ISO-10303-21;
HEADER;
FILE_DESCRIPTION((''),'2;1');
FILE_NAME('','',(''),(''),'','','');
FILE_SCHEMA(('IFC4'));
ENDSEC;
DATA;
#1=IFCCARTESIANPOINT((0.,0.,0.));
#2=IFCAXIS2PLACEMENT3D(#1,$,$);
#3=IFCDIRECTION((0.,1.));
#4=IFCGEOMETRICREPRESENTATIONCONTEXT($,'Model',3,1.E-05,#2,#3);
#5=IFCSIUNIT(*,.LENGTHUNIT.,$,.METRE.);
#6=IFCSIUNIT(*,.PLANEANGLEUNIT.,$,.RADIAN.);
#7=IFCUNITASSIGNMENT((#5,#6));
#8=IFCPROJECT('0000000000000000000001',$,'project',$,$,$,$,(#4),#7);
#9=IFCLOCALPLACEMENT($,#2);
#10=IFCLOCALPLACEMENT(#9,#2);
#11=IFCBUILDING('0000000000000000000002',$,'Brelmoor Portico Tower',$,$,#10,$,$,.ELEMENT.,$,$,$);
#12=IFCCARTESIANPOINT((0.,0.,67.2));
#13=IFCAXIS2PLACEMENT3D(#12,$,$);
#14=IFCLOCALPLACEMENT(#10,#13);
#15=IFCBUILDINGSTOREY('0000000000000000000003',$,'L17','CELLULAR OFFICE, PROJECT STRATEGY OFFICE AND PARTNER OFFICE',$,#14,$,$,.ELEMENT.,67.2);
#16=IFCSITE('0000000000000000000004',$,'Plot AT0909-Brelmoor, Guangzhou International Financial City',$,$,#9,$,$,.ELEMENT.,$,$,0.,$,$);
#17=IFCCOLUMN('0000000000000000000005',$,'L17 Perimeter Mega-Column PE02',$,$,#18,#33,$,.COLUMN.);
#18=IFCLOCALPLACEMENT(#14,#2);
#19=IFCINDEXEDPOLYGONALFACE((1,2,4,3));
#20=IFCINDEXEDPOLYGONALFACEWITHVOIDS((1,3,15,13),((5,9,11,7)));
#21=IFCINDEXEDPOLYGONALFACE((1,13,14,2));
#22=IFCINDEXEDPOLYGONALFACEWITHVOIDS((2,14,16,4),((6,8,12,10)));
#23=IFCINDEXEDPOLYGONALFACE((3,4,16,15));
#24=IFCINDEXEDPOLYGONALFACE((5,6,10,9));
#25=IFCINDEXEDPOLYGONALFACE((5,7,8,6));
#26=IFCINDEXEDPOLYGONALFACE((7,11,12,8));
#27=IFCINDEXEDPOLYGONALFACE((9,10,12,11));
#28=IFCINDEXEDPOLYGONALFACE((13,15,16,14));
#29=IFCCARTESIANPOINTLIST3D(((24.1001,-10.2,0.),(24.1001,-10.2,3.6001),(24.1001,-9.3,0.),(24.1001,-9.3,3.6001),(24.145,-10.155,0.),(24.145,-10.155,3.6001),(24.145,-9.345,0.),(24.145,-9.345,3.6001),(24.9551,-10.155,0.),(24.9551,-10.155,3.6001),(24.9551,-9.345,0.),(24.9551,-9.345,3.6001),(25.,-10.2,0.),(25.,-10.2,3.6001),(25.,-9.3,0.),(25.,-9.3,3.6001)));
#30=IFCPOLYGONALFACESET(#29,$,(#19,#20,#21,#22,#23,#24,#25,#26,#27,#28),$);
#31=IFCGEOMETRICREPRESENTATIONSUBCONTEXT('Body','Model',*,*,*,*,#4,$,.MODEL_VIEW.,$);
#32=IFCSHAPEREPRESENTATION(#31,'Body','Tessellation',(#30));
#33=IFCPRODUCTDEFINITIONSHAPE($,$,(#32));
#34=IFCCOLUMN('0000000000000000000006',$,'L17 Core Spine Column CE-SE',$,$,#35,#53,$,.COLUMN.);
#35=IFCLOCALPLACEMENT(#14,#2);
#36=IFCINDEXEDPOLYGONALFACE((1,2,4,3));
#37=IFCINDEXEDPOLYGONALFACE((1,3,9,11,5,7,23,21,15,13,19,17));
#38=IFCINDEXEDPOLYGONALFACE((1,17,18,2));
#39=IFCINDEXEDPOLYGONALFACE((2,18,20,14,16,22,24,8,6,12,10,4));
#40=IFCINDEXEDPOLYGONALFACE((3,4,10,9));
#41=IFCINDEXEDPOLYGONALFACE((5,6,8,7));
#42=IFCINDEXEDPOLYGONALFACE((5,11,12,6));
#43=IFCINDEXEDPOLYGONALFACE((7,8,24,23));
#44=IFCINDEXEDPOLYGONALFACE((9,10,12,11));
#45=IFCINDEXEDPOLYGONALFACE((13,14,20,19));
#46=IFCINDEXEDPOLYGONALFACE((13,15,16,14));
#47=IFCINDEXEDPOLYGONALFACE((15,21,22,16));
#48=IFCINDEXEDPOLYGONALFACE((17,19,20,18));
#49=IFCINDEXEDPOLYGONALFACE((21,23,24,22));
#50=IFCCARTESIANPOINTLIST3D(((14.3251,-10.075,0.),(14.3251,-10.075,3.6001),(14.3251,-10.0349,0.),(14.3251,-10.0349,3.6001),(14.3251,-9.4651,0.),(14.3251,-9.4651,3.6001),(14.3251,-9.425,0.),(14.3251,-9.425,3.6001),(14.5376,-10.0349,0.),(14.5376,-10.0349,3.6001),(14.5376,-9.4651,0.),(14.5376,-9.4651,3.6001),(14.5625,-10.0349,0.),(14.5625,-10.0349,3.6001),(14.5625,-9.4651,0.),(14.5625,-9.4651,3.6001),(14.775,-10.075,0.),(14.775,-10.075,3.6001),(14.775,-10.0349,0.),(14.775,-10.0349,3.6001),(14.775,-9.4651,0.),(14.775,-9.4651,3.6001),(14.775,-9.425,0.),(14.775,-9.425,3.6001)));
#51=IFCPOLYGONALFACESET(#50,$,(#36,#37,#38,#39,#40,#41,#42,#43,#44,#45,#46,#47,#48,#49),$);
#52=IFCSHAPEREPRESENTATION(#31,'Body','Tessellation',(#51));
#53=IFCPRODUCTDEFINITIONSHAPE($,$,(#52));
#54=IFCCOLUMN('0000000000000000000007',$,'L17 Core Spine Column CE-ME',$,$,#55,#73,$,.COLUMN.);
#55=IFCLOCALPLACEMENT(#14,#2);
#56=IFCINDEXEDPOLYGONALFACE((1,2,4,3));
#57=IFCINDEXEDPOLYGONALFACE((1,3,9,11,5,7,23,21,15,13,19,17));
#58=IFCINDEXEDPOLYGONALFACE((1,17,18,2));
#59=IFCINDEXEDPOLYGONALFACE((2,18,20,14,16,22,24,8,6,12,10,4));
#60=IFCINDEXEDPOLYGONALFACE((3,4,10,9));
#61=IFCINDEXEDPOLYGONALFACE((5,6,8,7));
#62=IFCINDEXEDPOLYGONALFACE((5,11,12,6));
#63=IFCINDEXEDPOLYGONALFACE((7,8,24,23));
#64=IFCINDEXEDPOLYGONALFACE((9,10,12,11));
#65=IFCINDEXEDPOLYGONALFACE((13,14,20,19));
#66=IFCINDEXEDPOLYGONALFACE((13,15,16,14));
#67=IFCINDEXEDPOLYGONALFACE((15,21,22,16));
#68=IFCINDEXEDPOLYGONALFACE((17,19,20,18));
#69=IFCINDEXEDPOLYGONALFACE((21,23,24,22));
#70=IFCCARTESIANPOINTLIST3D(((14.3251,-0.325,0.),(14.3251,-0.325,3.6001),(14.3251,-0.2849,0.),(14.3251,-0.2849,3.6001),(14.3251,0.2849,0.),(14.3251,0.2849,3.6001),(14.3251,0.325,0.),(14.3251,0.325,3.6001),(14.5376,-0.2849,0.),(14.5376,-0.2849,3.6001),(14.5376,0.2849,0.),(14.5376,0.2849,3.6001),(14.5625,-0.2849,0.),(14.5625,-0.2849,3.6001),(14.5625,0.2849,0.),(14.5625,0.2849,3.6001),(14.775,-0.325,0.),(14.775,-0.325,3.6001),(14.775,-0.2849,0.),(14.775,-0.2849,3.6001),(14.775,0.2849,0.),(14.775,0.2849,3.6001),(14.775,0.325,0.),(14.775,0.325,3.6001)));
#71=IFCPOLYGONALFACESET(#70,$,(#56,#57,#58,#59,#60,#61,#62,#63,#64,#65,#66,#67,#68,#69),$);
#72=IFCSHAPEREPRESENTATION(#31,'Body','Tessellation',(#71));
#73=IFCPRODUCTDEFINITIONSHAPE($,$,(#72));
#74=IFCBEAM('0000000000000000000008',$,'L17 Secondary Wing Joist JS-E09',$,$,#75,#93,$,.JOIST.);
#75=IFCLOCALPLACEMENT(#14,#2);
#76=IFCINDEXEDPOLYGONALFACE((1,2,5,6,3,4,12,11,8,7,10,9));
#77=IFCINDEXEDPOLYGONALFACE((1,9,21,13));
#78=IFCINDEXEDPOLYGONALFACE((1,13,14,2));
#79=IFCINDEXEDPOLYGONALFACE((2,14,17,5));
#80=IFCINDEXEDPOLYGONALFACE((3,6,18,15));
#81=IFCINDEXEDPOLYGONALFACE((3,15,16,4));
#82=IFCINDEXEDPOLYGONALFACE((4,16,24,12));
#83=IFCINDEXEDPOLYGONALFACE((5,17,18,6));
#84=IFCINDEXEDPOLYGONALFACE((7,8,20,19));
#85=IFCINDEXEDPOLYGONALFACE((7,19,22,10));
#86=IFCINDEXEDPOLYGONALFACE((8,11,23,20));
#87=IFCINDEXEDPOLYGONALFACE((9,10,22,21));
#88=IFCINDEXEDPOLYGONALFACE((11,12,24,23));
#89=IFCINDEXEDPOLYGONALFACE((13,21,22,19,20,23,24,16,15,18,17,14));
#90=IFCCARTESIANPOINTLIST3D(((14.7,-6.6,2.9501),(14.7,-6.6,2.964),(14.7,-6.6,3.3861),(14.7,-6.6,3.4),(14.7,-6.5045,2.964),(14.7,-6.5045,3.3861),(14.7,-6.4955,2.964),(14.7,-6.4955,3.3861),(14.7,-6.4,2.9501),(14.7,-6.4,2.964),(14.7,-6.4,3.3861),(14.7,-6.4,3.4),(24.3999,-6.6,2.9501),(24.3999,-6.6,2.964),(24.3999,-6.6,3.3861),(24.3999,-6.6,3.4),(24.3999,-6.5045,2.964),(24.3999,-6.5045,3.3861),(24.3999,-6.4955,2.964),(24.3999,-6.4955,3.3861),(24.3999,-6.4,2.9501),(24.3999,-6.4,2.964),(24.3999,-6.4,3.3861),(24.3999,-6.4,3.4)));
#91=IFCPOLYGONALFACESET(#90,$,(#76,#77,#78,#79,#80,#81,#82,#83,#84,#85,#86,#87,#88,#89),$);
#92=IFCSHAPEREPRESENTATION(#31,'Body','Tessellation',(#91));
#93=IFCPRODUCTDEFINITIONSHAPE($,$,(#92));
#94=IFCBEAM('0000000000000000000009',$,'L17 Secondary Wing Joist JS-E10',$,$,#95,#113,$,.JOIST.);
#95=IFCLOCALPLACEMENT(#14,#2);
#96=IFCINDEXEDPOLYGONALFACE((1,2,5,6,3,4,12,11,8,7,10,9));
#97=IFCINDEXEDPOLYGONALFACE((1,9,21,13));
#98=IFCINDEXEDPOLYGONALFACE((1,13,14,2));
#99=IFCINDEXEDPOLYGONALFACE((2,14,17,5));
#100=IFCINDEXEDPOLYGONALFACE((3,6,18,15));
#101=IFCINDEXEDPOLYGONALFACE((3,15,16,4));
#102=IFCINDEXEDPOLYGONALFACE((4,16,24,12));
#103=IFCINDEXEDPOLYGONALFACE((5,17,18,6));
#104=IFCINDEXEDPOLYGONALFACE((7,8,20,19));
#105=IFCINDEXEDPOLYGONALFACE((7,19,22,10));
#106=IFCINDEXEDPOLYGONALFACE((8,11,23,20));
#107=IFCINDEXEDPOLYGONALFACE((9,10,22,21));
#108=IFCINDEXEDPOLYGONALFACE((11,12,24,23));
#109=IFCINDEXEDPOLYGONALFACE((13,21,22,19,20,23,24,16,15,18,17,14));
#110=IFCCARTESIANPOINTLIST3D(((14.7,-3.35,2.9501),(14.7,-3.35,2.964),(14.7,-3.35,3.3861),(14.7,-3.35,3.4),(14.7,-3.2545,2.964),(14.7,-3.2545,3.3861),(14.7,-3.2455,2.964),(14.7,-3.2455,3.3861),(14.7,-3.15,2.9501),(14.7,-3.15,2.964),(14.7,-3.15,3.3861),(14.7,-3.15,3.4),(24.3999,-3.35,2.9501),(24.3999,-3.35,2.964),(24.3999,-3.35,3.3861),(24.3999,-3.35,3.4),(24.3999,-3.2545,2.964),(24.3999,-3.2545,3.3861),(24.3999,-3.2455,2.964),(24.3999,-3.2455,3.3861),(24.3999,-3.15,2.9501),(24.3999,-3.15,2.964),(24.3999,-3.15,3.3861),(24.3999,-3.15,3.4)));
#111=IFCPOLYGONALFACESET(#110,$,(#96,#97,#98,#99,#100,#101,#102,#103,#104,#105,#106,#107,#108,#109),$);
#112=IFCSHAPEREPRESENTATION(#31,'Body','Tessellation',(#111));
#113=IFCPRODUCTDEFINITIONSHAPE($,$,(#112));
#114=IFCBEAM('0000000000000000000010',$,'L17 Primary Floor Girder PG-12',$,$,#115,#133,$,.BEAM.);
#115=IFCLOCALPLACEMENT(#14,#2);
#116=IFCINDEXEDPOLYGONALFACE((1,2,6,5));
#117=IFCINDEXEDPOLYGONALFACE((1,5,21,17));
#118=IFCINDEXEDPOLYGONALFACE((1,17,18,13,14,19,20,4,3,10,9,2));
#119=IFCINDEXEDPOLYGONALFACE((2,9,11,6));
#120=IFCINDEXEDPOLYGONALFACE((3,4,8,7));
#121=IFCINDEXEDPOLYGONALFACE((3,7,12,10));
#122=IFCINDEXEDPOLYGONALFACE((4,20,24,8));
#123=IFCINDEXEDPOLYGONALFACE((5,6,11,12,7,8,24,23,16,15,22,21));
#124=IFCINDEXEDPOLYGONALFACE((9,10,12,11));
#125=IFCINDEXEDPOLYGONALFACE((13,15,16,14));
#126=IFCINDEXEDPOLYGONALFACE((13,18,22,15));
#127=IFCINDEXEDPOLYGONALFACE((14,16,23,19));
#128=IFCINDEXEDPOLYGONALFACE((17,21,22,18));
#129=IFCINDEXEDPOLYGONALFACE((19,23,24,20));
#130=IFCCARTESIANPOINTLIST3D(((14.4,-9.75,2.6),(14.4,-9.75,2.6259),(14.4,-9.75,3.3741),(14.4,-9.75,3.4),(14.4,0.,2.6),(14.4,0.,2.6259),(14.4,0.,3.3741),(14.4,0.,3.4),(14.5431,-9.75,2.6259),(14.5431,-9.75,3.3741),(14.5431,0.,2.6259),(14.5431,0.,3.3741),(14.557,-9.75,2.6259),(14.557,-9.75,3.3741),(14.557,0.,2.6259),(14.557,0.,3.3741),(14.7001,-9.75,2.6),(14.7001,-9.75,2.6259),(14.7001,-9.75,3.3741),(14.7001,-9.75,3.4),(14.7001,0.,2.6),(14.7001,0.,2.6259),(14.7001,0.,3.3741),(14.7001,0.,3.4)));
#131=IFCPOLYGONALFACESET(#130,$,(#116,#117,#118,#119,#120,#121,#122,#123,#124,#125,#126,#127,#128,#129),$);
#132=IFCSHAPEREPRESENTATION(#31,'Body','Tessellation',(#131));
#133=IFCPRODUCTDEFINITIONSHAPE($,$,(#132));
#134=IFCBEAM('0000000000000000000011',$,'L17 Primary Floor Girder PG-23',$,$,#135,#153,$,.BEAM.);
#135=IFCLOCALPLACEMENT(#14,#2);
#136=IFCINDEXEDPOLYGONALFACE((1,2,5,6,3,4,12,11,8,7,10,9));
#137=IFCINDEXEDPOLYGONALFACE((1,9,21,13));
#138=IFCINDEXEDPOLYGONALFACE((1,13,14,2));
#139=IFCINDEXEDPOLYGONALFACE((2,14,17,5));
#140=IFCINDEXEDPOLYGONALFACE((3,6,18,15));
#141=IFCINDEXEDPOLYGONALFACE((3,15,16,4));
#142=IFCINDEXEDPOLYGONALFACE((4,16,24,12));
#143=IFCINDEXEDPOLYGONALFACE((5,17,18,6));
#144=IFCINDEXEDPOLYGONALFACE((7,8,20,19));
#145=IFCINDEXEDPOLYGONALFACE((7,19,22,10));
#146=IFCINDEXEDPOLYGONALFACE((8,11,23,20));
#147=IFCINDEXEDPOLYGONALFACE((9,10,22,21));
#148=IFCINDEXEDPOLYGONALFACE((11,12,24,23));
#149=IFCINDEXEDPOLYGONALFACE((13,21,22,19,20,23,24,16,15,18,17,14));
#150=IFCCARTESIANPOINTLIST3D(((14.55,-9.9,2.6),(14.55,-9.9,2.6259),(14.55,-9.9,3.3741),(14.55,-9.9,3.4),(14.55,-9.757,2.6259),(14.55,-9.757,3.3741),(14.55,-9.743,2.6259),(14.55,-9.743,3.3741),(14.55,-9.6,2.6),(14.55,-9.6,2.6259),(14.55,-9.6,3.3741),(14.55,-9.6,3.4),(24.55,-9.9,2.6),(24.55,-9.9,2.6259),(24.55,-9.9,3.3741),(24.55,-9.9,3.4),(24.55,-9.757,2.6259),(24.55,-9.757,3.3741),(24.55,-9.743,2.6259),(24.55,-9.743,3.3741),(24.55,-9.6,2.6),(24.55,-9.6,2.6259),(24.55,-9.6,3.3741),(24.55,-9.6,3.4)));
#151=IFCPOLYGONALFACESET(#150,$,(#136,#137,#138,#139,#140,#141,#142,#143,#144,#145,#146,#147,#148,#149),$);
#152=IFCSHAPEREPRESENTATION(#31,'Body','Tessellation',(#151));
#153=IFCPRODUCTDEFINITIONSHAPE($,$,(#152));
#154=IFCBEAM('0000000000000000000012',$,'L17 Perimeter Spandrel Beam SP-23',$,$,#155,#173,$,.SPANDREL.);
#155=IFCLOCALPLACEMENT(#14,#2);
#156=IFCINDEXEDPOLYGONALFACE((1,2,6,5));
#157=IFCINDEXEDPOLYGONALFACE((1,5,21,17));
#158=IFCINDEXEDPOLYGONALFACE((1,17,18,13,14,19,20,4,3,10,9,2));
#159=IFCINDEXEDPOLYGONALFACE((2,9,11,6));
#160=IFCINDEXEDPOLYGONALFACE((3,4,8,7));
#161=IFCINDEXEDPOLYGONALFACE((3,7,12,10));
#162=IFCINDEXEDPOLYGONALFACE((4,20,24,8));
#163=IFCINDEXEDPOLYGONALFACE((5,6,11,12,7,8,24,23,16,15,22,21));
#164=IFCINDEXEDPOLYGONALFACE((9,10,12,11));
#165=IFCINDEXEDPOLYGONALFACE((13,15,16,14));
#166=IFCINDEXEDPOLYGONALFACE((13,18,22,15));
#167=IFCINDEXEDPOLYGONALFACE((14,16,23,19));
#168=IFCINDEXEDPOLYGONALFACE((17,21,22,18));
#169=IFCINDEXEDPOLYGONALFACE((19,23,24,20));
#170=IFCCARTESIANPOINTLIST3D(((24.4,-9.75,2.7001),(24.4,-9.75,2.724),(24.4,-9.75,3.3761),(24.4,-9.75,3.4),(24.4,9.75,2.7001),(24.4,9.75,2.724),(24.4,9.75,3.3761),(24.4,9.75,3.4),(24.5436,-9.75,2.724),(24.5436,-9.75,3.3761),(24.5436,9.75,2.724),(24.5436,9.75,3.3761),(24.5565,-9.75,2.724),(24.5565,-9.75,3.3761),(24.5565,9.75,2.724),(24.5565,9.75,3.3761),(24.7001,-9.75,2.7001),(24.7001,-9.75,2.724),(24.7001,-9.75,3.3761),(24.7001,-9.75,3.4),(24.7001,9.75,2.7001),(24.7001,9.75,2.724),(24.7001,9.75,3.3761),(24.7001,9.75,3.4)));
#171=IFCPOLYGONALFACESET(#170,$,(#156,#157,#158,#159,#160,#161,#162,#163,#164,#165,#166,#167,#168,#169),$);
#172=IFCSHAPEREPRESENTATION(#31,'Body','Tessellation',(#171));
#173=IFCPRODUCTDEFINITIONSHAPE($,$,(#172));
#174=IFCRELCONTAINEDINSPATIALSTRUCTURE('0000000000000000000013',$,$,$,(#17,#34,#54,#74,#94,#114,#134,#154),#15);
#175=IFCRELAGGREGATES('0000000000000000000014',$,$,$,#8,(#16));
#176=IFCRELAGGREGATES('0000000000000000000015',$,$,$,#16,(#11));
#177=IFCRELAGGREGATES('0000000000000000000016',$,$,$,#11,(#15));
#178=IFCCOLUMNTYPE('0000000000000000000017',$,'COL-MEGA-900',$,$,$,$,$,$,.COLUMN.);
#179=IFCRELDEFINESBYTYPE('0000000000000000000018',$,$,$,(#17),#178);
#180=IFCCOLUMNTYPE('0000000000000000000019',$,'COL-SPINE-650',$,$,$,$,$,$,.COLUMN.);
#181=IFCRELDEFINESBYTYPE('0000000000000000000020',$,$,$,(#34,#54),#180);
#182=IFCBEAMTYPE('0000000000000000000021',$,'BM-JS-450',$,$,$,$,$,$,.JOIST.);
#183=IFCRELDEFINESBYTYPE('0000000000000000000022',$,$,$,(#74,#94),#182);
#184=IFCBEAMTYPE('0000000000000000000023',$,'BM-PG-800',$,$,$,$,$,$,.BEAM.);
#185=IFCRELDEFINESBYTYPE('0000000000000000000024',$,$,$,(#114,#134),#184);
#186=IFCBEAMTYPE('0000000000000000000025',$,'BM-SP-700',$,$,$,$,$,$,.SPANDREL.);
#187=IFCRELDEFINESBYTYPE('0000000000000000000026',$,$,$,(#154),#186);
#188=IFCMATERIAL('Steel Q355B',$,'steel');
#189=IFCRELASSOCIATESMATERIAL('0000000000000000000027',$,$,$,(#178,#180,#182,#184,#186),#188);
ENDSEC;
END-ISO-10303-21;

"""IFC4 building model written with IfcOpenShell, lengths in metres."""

from ifc_helpers import new_model, si_unit, direction, frame, origin, origin_2d, place, context, subcontext, project, spatial, hollow_rectangle, i_section, extrude, material, material_profile, profile_set, type_object, element, save


model = new_model("IFC4")

# Units and contexts
model_context = context("Model", 3, precision=1e-05, world=origin(), true_north=direction((0.0, 1.0)))
body_context = subcontext(model_context, "Body", "Model", "MODEL_VIEW")
ifc_project = project(units=[si_unit("LENGTHUNIT", "METRE"), si_unit("PLANEANGLEUNIT", "RADIAN")], contexts=[model_context])

# Site, building, storey
site_placement = place(None, origin())
site = spatial("IfcSite", under=ifc_project, at=site_placement, Name="Plot AT0909-Brelmoor, Guangzhou International Financial City", CompositionType="ELEMENT", RefElevation=0.0)
building_placement = place(site_placement, origin())
building = spatial("IfcBuilding", under=site, at=building_placement, Name="Brelmoor Portico Tower", CompositionType="ELEMENT")
storey_placement = place(building_placement, frame((0.0, 0.0, 67.2)))
storey = spatial("IfcBuildingStorey", under=building, at=storey_placement, Name="L17", Description="CELLULAR OFFICE, PROJECT STRATEGY OFFICE AND PARTNER OFFICE", CompositionType="ELEMENT", Elevation=67.2)

# Columns
ifc_material_1 = material(Name="Steel Q355B", Category="steel")
ifc_material_profile_1 = material_profile(ifc_material_1, hollow_rectangle(XDim=0.8999, YDim=0.8999, WallThickness=0.0449, at=origin_2d()), Name="BOX 900x900x45")
ifc_profile_set_1 = profile_set([ifc_material_profile_1], Name="Steel Q355B")
column_type_1 = type_object("IfcColumnType", Name="COL-MEGA-900", PredefinedType="COLUMN", material=ifc_profile_set_1)
column_placement = place(storey_placement, frame((24.55, -9.75, 0.0), z_axis=(0.0, 0.0, 1.0), x_axis=(0.0, 1.0, 0.0)))
element("IfcColumn", 1, at=column_placement, inside=storey, type_object=column_type_1, Name="L17 Perimeter Mega-Column PE02", PredefinedType="COLUMN", context=body_context, shape_type="SweptSolid", body=[
    extrude(hollow_rectangle(XDim=0.8999, YDim=0.8999, WallThickness=0.0449, at=origin_2d()), origin(), (0.0, 0.0, 1.0), 3.6001),
])
ifc_material_profile_2 = material_profile(ifc_material_1, i_section(OverallWidth=0.45, OverallDepth=0.6499, WebThickness=0.0249, FlangeThickness=0.04, at=origin_2d()), Name="HW 650x450x25x40")
ifc_profile_set_2 = profile_set([ifc_material_profile_2], Name="Steel Q355B")
column_type_2 = type_object("IfcColumnType", Name="COL-SPINE-650", PredefinedType="COLUMN", material=ifc_profile_set_2)
for number, where, z_axis, x_axis, name in (
    (2, (14.55, -9.75, 0.0), (0.0, 0.0, 1.0), (1.0, 0.0, 0.0), "L17 Core Spine Column CE-SE"),
    (3, (14.55, 0.0, 0.0), (0.0, 0.0, 1.0), (1.0, 0.0, 0.0), "L17 Core Spine Column CE-ME"),
):
    element("IfcColumn", number, at=place(storey_placement, frame(where, z_axis=z_axis, x_axis=x_axis)), inside=storey, type_object=column_type_2, Name=name, PredefinedType="COLUMN", context=body_context, shape_type="SweptSolid", body=[
        extrude(i_section(OverallWidth=0.45, OverallDepth=0.6499, WebThickness=0.0249, FlangeThickness=0.04, at=origin_2d()), origin(), (0.0, 0.0, 1.0), 3.6001),
    ])

# Beams
ifc_material_profile_3 = material_profile(ifc_material_1, i_section(OverallWidth=0.2, OverallDepth=0.45, WebThickness=0.009, FlangeThickness=0.0139, at=origin_2d()), Name="HN 450x200x9x14")
ifc_profile_set_3 = profile_set([ifc_material_profile_3], Name="Steel Q355B")
beam_type_1 = type_object("IfcBeamType", Name="BM-JS-450", PredefinedType="JOIST", material=ifc_profile_set_3)
for number, where, z_axis, x_axis, name in (
    (4, (14.7, -6.5, 3.175), (1.0, 0.0, 0.0), (0.0, 1.0, 0.0), "L17 Secondary Wing Joist JS-E09"),
    (5, (14.7, -3.25, 3.175), (1.0, 0.0, 0.0), (0.0, 1.0, 0.0), "L17 Secondary Wing Joist JS-E10"),
):
    element("IfcBeam", number, at=place(storey_placement, frame(where, z_axis=z_axis, x_axis=x_axis)), inside=storey, type_object=beam_type_1, Name=name, PredefinedType="JOIST", context=body_context, shape_type="SweptSolid", body=[
        extrude(i_section(OverallWidth=0.2, OverallDepth=0.45, WebThickness=0.009, FlangeThickness=0.0139, at=origin_2d()), origin(), (0.0, 0.0, 1.0), 9.7),
    ])
ifc_material_profile_4 = material_profile(ifc_material_1, i_section(OverallWidth=0.3, OverallDepth=0.8, WebThickness=0.0139, FlangeThickness=0.0259, at=origin_2d()), Name="HN 800x300x14x26")
ifc_profile_set_4 = profile_set([ifc_material_profile_4], Name="Steel Q355B")
beam_type_2 = type_object("IfcBeamType", Name="BM-PG-800", PredefinedType="BEAM", material=ifc_profile_set_4)
beam_1_placement = place(storey_placement, frame((14.55, -9.75, 3.0), z_axis=(0.0, 1.0, 0.0), x_axis=(-1.0, 0.0, 0.0)))
element("IfcBeam", 6, at=beam_1_placement, inside=storey, type_object=beam_type_2, Name="L17 Primary Floor Girder PG-12", PredefinedType="BEAM", context=body_context, shape_type="SweptSolid", body=[
    extrude(i_section(OverallWidth=0.3, OverallDepth=0.8, WebThickness=0.0139, FlangeThickness=0.0259, at=origin_2d()), origin(), (0.0, 0.0, 1.0), 9.75),
])
beam_2_placement = place(storey_placement, frame((14.55, -9.75, 3.0), z_axis=(1.0, 0.0, 0.0), x_axis=(0.0, 1.0, 0.0)))
element("IfcBeam", 7, at=beam_2_placement, inside=storey, type_object=beam_type_2, Name="L17 Primary Floor Girder PG-23", PredefinedType="BEAM", context=body_context, shape_type="SweptSolid", body=[
    extrude(i_section(OverallWidth=0.3, OverallDepth=0.8, WebThickness=0.0139, FlangeThickness=0.0259, at=origin_2d()), origin(), (0.0, 0.0, 1.0), 10.0),
])
ifc_material_profile_5 = material_profile(ifc_material_1, i_section(OverallWidth=0.3, OverallDepth=0.7, WebThickness=0.0129, FlangeThickness=0.0239, at=origin_2d()), Name="HN 700x300x13x24")
ifc_profile_set_5 = profile_set([ifc_material_profile_5], Name="Steel Q355B")
beam_type_3 = type_object("IfcBeamType", Name="BM-SP-700", PredefinedType="SPANDREL", material=ifc_profile_set_5)
beam_3_placement = place(storey_placement, frame((24.55, -9.75, 3.05), z_axis=(0.0, 1.0, 0.0), x_axis=(-1.0, 0.0, 0.0)))
element("IfcBeam", 8, at=beam_3_placement, inside=storey, type_object=beam_type_3, Name="L17 Perimeter Spandrel Beam SP-23", PredefinedType="SPANDREL", context=body_context, shape_type="SweptSolid", body=[
    extrude(i_section(OverallWidth=0.3, OverallDepth=0.7, WebThickness=0.0129, FlangeThickness=0.0239, at=origin_2d()), origin(), (0.0, 0.0, 1.0), 19.5),
])

save(model, "model.ifc")
